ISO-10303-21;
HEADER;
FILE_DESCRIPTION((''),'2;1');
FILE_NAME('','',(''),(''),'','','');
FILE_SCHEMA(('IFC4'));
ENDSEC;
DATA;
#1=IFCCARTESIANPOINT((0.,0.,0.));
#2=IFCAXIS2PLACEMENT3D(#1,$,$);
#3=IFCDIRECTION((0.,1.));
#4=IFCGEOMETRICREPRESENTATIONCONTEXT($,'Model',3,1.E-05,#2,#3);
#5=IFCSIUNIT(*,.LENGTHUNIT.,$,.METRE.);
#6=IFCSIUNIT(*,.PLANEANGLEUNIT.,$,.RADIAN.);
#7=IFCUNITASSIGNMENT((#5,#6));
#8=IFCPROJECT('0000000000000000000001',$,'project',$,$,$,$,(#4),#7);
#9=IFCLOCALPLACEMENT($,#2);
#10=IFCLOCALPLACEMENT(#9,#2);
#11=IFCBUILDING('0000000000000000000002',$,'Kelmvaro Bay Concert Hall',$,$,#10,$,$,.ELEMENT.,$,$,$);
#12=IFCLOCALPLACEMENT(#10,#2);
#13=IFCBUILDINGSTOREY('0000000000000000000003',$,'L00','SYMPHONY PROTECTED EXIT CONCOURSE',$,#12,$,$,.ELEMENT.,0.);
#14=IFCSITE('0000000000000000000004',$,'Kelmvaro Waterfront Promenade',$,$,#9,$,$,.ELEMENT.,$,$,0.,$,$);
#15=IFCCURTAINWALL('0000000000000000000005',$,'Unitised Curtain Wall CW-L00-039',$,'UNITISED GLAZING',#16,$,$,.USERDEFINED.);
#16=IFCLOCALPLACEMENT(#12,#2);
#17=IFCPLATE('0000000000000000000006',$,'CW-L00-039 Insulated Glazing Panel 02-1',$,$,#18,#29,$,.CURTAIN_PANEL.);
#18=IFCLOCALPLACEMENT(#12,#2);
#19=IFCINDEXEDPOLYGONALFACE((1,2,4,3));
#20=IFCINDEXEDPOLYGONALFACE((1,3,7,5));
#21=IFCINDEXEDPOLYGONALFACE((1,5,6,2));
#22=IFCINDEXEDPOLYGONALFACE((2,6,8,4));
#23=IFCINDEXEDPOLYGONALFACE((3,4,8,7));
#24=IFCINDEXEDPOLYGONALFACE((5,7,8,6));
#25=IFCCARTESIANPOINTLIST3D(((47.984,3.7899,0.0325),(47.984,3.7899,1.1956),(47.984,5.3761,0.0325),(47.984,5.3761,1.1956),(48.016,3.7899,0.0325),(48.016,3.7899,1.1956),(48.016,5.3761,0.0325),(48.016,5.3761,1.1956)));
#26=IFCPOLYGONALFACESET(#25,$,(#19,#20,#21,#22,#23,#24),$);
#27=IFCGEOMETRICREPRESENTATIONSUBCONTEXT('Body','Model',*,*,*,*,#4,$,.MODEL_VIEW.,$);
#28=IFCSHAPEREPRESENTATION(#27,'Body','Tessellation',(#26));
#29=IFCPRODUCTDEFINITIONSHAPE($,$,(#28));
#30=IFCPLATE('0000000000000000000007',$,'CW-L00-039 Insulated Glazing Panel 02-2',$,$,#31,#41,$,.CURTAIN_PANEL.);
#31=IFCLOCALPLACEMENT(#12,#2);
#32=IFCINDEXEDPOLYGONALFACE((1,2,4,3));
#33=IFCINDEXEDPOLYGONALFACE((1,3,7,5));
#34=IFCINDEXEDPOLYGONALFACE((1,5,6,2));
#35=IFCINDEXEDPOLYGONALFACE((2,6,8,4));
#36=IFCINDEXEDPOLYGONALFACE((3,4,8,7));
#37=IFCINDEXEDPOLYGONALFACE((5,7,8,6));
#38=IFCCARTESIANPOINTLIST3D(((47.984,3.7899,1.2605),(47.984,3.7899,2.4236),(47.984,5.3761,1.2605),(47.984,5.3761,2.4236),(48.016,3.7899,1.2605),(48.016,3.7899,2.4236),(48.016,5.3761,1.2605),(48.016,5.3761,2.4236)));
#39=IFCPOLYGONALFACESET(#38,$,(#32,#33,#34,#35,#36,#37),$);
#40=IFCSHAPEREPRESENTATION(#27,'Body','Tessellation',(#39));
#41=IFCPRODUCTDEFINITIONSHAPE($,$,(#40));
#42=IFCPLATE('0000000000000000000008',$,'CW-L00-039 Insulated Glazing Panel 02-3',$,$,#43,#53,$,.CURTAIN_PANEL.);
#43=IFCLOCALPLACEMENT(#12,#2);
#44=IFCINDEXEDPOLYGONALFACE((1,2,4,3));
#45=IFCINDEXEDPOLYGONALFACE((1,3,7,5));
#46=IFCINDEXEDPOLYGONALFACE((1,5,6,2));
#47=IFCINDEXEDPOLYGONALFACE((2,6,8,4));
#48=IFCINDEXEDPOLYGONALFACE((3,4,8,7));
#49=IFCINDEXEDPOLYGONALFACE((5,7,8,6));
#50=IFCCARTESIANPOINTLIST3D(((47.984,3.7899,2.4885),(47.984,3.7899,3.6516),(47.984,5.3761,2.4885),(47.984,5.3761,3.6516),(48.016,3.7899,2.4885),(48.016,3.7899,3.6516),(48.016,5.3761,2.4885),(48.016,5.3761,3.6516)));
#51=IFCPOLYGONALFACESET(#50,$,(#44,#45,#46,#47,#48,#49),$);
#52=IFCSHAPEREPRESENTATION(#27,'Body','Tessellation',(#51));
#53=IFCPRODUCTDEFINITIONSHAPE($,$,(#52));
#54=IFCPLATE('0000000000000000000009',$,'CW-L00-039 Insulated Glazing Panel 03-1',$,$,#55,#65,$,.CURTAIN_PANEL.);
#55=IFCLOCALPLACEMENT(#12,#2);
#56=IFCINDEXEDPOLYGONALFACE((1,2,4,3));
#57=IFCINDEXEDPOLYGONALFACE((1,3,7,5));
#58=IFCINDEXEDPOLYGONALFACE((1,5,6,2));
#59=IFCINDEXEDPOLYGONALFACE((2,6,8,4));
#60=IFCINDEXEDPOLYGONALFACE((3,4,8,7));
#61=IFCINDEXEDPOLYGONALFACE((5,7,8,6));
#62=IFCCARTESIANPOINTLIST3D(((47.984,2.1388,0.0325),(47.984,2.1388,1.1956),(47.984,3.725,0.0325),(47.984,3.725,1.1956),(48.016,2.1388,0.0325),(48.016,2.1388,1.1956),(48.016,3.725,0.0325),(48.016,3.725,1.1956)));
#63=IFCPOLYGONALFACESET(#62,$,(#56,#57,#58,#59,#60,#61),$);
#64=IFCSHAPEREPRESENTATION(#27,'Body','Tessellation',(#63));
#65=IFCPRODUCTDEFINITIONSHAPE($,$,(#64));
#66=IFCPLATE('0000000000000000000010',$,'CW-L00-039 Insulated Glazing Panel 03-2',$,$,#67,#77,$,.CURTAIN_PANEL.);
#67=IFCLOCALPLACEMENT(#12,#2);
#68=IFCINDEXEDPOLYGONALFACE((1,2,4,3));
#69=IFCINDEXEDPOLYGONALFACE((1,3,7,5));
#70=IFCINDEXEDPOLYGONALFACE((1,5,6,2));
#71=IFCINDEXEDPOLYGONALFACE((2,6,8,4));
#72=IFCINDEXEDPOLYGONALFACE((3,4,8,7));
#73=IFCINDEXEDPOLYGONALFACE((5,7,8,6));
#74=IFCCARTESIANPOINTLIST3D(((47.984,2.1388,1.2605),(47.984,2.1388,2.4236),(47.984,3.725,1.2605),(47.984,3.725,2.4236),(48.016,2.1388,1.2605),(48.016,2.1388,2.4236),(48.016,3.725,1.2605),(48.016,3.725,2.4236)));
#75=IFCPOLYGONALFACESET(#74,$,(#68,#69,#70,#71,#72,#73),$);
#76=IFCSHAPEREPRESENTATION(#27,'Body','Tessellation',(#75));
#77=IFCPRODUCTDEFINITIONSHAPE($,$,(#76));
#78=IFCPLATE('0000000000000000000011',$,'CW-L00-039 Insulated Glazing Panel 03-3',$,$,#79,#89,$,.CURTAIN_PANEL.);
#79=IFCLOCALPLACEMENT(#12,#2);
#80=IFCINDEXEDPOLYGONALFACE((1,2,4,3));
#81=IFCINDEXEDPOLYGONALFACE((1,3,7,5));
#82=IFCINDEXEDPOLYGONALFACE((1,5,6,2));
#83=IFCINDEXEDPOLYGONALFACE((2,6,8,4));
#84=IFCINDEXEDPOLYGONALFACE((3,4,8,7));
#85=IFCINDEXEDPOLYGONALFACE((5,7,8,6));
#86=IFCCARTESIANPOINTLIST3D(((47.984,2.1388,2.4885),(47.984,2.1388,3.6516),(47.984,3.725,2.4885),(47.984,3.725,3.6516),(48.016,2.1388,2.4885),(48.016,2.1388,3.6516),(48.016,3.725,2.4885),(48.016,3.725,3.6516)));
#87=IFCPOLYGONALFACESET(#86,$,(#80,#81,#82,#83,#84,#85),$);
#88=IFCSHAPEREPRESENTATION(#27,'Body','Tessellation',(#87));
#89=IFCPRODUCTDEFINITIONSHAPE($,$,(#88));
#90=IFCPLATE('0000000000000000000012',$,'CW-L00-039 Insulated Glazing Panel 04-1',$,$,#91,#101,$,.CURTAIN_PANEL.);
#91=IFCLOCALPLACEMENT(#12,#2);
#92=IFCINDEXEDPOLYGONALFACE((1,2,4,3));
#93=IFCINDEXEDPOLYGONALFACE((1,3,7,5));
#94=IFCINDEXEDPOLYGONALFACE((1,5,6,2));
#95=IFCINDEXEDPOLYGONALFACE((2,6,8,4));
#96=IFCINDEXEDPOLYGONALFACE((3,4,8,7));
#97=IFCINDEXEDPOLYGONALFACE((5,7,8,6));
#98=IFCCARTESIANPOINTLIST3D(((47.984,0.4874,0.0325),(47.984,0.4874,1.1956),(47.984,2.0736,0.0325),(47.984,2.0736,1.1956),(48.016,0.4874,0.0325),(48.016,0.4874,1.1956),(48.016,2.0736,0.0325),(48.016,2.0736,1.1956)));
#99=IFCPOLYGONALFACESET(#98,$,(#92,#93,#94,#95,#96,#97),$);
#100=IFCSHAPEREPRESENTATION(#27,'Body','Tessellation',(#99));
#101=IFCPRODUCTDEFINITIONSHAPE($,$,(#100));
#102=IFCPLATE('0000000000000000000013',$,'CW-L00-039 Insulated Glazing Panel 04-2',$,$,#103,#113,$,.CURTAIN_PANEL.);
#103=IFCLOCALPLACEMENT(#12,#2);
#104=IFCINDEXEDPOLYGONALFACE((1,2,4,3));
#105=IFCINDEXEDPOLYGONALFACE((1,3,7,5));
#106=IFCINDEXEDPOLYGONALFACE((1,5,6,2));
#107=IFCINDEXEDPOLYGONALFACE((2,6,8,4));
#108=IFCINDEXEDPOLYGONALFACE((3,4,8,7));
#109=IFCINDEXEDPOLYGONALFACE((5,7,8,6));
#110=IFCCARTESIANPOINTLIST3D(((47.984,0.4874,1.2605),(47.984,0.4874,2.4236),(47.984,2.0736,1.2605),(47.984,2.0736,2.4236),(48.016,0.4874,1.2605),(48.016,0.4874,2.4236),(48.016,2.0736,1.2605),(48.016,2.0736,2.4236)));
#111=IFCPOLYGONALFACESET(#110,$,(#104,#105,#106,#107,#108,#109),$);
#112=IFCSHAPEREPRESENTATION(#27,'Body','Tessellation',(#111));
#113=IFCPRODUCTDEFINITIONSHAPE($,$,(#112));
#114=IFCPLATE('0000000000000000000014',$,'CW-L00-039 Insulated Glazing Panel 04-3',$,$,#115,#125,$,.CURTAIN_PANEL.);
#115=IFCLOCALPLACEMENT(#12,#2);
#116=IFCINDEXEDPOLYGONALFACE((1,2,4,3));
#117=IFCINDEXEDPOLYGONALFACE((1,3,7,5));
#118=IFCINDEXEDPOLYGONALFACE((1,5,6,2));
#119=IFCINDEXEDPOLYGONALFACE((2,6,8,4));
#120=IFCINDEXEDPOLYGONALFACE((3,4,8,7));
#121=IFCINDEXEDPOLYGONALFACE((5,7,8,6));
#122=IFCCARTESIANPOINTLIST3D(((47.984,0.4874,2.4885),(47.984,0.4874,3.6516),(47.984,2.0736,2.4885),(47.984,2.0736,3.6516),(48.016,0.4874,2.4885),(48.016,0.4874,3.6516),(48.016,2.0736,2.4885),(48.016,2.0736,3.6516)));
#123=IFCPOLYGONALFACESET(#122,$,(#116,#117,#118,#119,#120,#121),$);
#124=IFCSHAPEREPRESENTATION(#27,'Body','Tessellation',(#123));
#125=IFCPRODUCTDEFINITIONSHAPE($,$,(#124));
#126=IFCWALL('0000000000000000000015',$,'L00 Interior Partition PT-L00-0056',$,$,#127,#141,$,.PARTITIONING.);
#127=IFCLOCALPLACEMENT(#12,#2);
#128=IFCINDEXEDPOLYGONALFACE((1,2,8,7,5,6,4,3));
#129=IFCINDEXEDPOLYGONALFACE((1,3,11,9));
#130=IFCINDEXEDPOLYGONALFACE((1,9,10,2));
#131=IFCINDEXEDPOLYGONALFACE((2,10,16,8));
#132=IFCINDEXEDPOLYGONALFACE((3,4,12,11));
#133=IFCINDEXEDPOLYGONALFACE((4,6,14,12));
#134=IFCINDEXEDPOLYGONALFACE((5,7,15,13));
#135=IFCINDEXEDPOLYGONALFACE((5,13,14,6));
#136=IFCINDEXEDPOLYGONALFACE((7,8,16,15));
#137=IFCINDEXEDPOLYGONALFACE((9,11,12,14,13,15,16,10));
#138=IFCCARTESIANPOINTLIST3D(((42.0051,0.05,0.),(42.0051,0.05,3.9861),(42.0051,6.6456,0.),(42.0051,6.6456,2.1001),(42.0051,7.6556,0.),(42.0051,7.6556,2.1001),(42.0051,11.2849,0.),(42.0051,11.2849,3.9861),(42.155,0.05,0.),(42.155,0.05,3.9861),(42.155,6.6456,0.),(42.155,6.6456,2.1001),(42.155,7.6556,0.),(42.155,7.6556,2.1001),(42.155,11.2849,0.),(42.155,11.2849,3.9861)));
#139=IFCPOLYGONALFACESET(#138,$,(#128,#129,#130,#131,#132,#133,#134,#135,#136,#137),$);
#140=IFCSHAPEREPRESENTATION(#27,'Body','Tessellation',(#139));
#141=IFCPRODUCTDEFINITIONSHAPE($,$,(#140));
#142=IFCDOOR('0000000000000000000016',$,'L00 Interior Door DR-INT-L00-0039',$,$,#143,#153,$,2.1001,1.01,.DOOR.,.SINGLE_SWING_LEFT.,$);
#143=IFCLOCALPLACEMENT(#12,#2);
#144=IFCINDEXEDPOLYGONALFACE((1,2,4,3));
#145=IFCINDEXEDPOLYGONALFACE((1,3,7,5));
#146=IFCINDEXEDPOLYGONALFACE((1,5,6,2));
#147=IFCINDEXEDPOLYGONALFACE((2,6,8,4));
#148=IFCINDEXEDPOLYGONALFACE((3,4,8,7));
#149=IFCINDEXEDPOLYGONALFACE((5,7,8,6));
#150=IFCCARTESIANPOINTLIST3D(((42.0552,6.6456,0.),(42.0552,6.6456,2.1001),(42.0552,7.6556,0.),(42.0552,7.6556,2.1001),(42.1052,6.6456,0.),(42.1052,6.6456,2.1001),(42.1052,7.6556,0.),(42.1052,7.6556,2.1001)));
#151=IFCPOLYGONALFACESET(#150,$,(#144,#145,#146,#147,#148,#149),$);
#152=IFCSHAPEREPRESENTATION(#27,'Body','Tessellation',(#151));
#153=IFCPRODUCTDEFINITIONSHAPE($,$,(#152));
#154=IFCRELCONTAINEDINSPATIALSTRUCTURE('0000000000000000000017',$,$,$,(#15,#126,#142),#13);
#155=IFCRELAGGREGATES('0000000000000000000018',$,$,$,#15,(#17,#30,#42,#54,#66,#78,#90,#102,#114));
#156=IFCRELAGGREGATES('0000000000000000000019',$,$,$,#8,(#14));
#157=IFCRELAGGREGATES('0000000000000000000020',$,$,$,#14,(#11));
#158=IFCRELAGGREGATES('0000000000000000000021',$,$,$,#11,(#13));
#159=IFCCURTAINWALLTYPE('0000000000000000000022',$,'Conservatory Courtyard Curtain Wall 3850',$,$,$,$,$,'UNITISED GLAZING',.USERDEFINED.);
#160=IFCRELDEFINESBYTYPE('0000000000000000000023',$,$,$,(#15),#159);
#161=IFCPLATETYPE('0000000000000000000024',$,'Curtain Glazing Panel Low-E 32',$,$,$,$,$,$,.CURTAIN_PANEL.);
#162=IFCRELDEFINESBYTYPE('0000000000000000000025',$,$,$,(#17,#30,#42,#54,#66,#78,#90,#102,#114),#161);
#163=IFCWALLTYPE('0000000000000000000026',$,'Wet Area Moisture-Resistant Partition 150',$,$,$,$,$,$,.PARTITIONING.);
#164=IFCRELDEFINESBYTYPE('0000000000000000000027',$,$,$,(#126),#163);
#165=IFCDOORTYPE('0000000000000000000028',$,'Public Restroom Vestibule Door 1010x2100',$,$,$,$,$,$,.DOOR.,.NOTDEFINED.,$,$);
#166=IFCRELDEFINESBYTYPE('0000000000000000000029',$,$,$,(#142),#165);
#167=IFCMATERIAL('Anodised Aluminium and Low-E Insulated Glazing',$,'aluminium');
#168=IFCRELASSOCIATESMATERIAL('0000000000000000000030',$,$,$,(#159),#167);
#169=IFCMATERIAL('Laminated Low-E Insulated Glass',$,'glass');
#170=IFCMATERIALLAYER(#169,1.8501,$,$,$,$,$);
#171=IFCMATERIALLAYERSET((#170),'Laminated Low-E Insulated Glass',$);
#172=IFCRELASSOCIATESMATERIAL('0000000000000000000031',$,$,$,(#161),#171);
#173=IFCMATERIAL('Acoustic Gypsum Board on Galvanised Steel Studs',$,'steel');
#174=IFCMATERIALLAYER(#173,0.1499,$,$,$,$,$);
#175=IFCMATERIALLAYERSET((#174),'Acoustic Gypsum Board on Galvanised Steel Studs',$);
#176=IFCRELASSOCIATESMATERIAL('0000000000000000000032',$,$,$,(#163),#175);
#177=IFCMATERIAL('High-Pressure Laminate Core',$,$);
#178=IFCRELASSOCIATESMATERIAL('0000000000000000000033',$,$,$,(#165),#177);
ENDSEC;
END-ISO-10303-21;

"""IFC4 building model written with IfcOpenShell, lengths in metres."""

from ifc_helpers import new_model, si_unit, direction, frame, frame_2d, origin, origin_2d, place, context, subcontext, project, spatial, rectangle, extrude, material, layer, layer_set, type_object, element, fill, aggregate, save


model = new_model("IFC4")

# Units and contexts
model_context = context("Model", 3, precision=1e-05, world=origin(), true_north=direction((0.0, 1.0)))
body_context = subcontext(model_context, "Body", "Model", "MODEL_VIEW")
ifc_project = project(units=[si_unit("LENGTHUNIT", "METRE"), si_unit("PLANEANGLEUNIT", "RADIAN")], contexts=[model_context])

# Site, building, storey
site_placement = place(None, origin())
site = spatial("IfcSite", under=ifc_project, at=site_placement, Name="Kelmvaro Waterfront Promenade", CompositionType="ELEMENT", RefElevation=0.0)
building_placement = place(site_placement, origin())
building = spatial("IfcBuilding", under=site, at=building_placement, Name="Kelmvaro Bay Concert Hall", CompositionType="ELEMENT")
storey_placement = place(building_placement, origin())
storey = spatial("IfcBuildingStorey", under=building, at=storey_placement, Name="L00", Description="SYMPHONY PROTECTED EXIT CONCOURSE", CompositionType="ELEMENT", Elevation=0.0)

# Curtain wall
ifc_material_1 = material(Name="Anodised Aluminium and Low-E Insulated Glazing", Category="aluminium")
curtain_wall_type = type_object("IfcCurtainWallType", Name="Conservatory Courtyard Curtain Wall 3850", ElementType="UNITISED GLAZING", PredefinedType="USERDEFINED", material=ifc_material_1)
curtain_wall_1_placement = place(storey_placement, origin())
curtain_wall_1 = element("IfcCurtainWall", 1, at=curtain_wall_1_placement, inside=storey, type_object=curtain_wall_type, Name="Unitised Curtain Wall CW-L00-039", ObjectType="UNITISED GLAZING", PredefinedType="USERDEFINED")

# Shared definitions
ifc_material_2 = material(Name="Laminated Low-E Insulated Glass", Category="glass")
ifc_layer_1 = layer(ifc_material_2, 1.8501)
ifc_layer_set_1 = layer_set([ifc_layer_1], Name="Laminated Low-E Insulated Glass")
plate_type = type_object("IfcPlateType", Name="Curtain Glazing Panel Low-E 32", PredefinedType="CURTAIN_PANEL", material=ifc_layer_set_1)

# Plates
plate_1_placement = place(storey_placement, frame((48.0, 4.583, 0.0325), z_axis=(0.0, 0.0, 1.0), x_axis=(0.0, -1.0, 0.0)))
plate_1 = element("IfcPlate", 2, at=plate_1_placement, type_object=plate_type, Name="CW-L00-039 Insulated Glazing Panel 02-1", PredefinedType="CURTAIN_PANEL", context=body_context, shape_type="SweptSolid", body=[
    extrude(rectangle(XDim=1.5862, YDim=0.032, at=origin_2d()), origin(), (0.0, 0.0, 1.0), 1.1631),
])
plate_2_placement = place(storey_placement, frame((48.0, 4.583, 1.2605), z_axis=(0.0, 0.0, 1.0), x_axis=(0.0, -1.0, 0.0)))
plate_2 = element("IfcPlate", 3, at=plate_2_placement, type_object=plate_type, Name="CW-L00-039 Insulated Glazing Panel 02-2", PredefinedType="CURTAIN_PANEL", context=body_context, shape_type="SweptSolid", body=[
    extrude(rectangle(XDim=1.5862, YDim=0.032, at=origin_2d()), origin(), (0.0, 0.0, 1.0), 1.1631),
])
plate_3_placement = place(storey_placement, frame((48.0, 4.583, 2.4885), z_axis=(0.0, 0.0, 1.0), x_axis=(0.0, -1.0, 0.0)))
plate_3 = element("IfcPlate", 4, at=plate_3_placement, type_object=plate_type, Name="CW-L00-039 Insulated Glazing Panel 02-3", PredefinedType="CURTAIN_PANEL", context=body_context, shape_type="SweptSolid", body=[
    extrude(rectangle(XDim=1.5862, YDim=0.032, at=origin_2d()), origin(), (0.0, 0.0, 1.0), 1.1631),
])
plate_4_placement = place(storey_placement, frame((48.0, 2.9319, 0.0325), z_axis=(0.0, 0.0, 1.0), x_axis=(0.0, -1.0, 0.0)))
plate_4 = element("IfcPlate", 5, at=plate_4_placement, type_object=plate_type, Name="CW-L00-039 Insulated Glazing Panel 03-1", PredefinedType="CURTAIN_PANEL", context=body_context, shape_type="SweptSolid", body=[
    extrude(rectangle(XDim=1.5862, YDim=0.032, at=origin_2d()), origin(), (0.0, 0.0, 1.0), 1.1631),
])
plate_5_placement = place(storey_placement, frame((48.0, 2.9319, 1.2605), z_axis=(0.0, 0.0, 1.0), x_axis=(0.0, -1.0, 0.0)))
plate_5 = element("IfcPlate", 6, at=plate_5_placement, type_object=plate_type, Name="CW-L00-039 Insulated Glazing Panel 03-2", PredefinedType="CURTAIN_PANEL", context=body_context, shape_type="SweptSolid", body=[
    extrude(rectangle(XDim=1.5862, YDim=0.032, at=origin_2d()), origin(), (0.0, 0.0, 1.0), 1.1631),
])
plate_6_placement = place(storey_placement, frame((48.0, 2.9319, 2.4885), z_axis=(0.0, 0.0, 1.0), x_axis=(0.0, -1.0, 0.0)))
plate_6 = element("IfcPlate", 7, at=plate_6_placement, type_object=plate_type, Name="CW-L00-039 Insulated Glazing Panel 03-3", PredefinedType="CURTAIN_PANEL", context=body_context, shape_type="SweptSolid", body=[
    extrude(rectangle(XDim=1.5862, YDim=0.032, at=origin_2d()), origin(), (0.0, 0.0, 1.0), 1.1631),
])
plate_7_placement = place(storey_placement, frame((48.0, 1.2805, 0.0325), z_axis=(0.0, 0.0, 1.0), x_axis=(0.0, -1.0, 0.0)))
plate_7 = element("IfcPlate", 8, at=plate_7_placement, type_object=plate_type, Name="CW-L00-039 Insulated Glazing Panel 04-1", PredefinedType="CURTAIN_PANEL", context=body_context, shape_type="SweptSolid", body=[
    extrude(rectangle(XDim=1.5862, YDim=0.032, at=origin_2d()), origin(), (0.0, 0.0, 1.0), 1.1631),
])
plate_8_placement = place(storey_placement, frame((48.0, 1.2805, 1.2605), z_axis=(0.0, 0.0, 1.0), x_axis=(0.0, -1.0, 0.0)))
plate_8 = element("IfcPlate", 9, at=plate_8_placement, type_object=plate_type, Name="CW-L00-039 Insulated Glazing Panel 04-2", PredefinedType="CURTAIN_PANEL", context=body_context, shape_type="SweptSolid", body=[
    extrude(rectangle(XDim=1.5862, YDim=0.032, at=origin_2d()), origin(), (0.0, 0.0, 1.0), 1.1631),
])
plate_9_placement = place(storey_placement, frame((48.0, 1.2805, 2.4885), z_axis=(0.0, 0.0, 1.0), x_axis=(0.0, -1.0, 0.0)))
plate_9 = element("IfcPlate", 10, at=plate_9_placement, type_object=plate_type, Name="CW-L00-039 Insulated Glazing Panel 04-3", PredefinedType="CURTAIN_PANEL", context=body_context, shape_type="SweptSolid", body=[
    extrude(rectangle(XDim=1.5862, YDim=0.032, at=origin_2d()), origin(), (0.0, 0.0, 1.0), 1.1631),
])
aggregate(curtain_wall_1, [plate_1, plate_2, plate_3, plate_4, plate_5, plate_6, plate_7, plate_8, plate_9])

# Wall, opening, door
ifc_material_3 = material(Name="Acoustic Gypsum Board on Galvanised Steel Studs", Category="steel")
ifc_layer_2 = layer(ifc_material_3, 0.1499)
ifc_layer_set_2 = layer_set([ifc_layer_2], Name="Acoustic Gypsum Board on Galvanised Steel Studs")
wall_type = type_object("IfcWallType", Name="Wet Area Moisture-Resistant Partition 150", PredefinedType="PARTITIONING", material=ifc_layer_set_2)
wall_placement = place(storey_placement, frame((42.0801, 0.05, 0.0), z_axis=(0.0, 0.0, 1.0), x_axis=(0.0, 1.0, 0.0)))
wall = element("IfcWall", 11, at=wall_placement, inside=storey, type_object=wall_type, Name="L00 Interior Partition PT-L00-0056", PredefinedType="PARTITIONING", context=body_context, shape_type="SweptSolid", body=[
    extrude(rectangle(XDim=11.2349, YDim=0.1499, at=frame_2d((5.6174, 0.0))), origin(), (0.0, 0.0, 1.0), 3.9861),
])
opening_placement = place(wall_placement, frame((6.5957, 0.0, 0.0)))
opening = element("IfcOpeningElement", 12, at=opening_placement, cuts=wall, PredefinedType="OPENING", context=body_context, shape_type="SweptSolid", body=[
    extrude(rectangle(XDim=1.01, YDim=2.1001, at=frame_2d((0.5049, 1.05))), frame((0.0, 0.085, 0.0), z_axis=(0.0, -1.0, 0.0), x_axis=(1.0, 0.0, 0.0)), (0.0, 0.0, 1.0), 0.1699),
])
ifc_material_4 = material(Name="High-Pressure Laminate Core")
door_type = type_object("IfcDoorType", Name="Public Restroom Vestibule Door 1010x2100", OperationType="NOTDEFINED", PredefinedType="DOOR", material=ifc_material_4)
door_placement = place(opening_placement, origin())
door = element("IfcDoor", 13, at=door_placement, inside=storey, type_object=door_type, Name="L00 Interior Door DR-INT-L00-0039", OperationType="SINGLE_SWING_LEFT", OverallHeight=2.1001, OverallWidth=1.01, PredefinedType="DOOR", context=body_context, shape_type="SweptSolid", body=[
    extrude(rectangle(XDim=1.01, YDim=2.1001, at=frame_2d((0.5049, 1.05))), frame((0.0, 0.0249, 0.0), z_axis=(0.0, -1.0, 0.0), x_axis=(1.0, 0.0, 0.0)), (0.0, 0.0, 1.0), 0.05),
])
fill(opening, door)

save(model, "model.ifc")
